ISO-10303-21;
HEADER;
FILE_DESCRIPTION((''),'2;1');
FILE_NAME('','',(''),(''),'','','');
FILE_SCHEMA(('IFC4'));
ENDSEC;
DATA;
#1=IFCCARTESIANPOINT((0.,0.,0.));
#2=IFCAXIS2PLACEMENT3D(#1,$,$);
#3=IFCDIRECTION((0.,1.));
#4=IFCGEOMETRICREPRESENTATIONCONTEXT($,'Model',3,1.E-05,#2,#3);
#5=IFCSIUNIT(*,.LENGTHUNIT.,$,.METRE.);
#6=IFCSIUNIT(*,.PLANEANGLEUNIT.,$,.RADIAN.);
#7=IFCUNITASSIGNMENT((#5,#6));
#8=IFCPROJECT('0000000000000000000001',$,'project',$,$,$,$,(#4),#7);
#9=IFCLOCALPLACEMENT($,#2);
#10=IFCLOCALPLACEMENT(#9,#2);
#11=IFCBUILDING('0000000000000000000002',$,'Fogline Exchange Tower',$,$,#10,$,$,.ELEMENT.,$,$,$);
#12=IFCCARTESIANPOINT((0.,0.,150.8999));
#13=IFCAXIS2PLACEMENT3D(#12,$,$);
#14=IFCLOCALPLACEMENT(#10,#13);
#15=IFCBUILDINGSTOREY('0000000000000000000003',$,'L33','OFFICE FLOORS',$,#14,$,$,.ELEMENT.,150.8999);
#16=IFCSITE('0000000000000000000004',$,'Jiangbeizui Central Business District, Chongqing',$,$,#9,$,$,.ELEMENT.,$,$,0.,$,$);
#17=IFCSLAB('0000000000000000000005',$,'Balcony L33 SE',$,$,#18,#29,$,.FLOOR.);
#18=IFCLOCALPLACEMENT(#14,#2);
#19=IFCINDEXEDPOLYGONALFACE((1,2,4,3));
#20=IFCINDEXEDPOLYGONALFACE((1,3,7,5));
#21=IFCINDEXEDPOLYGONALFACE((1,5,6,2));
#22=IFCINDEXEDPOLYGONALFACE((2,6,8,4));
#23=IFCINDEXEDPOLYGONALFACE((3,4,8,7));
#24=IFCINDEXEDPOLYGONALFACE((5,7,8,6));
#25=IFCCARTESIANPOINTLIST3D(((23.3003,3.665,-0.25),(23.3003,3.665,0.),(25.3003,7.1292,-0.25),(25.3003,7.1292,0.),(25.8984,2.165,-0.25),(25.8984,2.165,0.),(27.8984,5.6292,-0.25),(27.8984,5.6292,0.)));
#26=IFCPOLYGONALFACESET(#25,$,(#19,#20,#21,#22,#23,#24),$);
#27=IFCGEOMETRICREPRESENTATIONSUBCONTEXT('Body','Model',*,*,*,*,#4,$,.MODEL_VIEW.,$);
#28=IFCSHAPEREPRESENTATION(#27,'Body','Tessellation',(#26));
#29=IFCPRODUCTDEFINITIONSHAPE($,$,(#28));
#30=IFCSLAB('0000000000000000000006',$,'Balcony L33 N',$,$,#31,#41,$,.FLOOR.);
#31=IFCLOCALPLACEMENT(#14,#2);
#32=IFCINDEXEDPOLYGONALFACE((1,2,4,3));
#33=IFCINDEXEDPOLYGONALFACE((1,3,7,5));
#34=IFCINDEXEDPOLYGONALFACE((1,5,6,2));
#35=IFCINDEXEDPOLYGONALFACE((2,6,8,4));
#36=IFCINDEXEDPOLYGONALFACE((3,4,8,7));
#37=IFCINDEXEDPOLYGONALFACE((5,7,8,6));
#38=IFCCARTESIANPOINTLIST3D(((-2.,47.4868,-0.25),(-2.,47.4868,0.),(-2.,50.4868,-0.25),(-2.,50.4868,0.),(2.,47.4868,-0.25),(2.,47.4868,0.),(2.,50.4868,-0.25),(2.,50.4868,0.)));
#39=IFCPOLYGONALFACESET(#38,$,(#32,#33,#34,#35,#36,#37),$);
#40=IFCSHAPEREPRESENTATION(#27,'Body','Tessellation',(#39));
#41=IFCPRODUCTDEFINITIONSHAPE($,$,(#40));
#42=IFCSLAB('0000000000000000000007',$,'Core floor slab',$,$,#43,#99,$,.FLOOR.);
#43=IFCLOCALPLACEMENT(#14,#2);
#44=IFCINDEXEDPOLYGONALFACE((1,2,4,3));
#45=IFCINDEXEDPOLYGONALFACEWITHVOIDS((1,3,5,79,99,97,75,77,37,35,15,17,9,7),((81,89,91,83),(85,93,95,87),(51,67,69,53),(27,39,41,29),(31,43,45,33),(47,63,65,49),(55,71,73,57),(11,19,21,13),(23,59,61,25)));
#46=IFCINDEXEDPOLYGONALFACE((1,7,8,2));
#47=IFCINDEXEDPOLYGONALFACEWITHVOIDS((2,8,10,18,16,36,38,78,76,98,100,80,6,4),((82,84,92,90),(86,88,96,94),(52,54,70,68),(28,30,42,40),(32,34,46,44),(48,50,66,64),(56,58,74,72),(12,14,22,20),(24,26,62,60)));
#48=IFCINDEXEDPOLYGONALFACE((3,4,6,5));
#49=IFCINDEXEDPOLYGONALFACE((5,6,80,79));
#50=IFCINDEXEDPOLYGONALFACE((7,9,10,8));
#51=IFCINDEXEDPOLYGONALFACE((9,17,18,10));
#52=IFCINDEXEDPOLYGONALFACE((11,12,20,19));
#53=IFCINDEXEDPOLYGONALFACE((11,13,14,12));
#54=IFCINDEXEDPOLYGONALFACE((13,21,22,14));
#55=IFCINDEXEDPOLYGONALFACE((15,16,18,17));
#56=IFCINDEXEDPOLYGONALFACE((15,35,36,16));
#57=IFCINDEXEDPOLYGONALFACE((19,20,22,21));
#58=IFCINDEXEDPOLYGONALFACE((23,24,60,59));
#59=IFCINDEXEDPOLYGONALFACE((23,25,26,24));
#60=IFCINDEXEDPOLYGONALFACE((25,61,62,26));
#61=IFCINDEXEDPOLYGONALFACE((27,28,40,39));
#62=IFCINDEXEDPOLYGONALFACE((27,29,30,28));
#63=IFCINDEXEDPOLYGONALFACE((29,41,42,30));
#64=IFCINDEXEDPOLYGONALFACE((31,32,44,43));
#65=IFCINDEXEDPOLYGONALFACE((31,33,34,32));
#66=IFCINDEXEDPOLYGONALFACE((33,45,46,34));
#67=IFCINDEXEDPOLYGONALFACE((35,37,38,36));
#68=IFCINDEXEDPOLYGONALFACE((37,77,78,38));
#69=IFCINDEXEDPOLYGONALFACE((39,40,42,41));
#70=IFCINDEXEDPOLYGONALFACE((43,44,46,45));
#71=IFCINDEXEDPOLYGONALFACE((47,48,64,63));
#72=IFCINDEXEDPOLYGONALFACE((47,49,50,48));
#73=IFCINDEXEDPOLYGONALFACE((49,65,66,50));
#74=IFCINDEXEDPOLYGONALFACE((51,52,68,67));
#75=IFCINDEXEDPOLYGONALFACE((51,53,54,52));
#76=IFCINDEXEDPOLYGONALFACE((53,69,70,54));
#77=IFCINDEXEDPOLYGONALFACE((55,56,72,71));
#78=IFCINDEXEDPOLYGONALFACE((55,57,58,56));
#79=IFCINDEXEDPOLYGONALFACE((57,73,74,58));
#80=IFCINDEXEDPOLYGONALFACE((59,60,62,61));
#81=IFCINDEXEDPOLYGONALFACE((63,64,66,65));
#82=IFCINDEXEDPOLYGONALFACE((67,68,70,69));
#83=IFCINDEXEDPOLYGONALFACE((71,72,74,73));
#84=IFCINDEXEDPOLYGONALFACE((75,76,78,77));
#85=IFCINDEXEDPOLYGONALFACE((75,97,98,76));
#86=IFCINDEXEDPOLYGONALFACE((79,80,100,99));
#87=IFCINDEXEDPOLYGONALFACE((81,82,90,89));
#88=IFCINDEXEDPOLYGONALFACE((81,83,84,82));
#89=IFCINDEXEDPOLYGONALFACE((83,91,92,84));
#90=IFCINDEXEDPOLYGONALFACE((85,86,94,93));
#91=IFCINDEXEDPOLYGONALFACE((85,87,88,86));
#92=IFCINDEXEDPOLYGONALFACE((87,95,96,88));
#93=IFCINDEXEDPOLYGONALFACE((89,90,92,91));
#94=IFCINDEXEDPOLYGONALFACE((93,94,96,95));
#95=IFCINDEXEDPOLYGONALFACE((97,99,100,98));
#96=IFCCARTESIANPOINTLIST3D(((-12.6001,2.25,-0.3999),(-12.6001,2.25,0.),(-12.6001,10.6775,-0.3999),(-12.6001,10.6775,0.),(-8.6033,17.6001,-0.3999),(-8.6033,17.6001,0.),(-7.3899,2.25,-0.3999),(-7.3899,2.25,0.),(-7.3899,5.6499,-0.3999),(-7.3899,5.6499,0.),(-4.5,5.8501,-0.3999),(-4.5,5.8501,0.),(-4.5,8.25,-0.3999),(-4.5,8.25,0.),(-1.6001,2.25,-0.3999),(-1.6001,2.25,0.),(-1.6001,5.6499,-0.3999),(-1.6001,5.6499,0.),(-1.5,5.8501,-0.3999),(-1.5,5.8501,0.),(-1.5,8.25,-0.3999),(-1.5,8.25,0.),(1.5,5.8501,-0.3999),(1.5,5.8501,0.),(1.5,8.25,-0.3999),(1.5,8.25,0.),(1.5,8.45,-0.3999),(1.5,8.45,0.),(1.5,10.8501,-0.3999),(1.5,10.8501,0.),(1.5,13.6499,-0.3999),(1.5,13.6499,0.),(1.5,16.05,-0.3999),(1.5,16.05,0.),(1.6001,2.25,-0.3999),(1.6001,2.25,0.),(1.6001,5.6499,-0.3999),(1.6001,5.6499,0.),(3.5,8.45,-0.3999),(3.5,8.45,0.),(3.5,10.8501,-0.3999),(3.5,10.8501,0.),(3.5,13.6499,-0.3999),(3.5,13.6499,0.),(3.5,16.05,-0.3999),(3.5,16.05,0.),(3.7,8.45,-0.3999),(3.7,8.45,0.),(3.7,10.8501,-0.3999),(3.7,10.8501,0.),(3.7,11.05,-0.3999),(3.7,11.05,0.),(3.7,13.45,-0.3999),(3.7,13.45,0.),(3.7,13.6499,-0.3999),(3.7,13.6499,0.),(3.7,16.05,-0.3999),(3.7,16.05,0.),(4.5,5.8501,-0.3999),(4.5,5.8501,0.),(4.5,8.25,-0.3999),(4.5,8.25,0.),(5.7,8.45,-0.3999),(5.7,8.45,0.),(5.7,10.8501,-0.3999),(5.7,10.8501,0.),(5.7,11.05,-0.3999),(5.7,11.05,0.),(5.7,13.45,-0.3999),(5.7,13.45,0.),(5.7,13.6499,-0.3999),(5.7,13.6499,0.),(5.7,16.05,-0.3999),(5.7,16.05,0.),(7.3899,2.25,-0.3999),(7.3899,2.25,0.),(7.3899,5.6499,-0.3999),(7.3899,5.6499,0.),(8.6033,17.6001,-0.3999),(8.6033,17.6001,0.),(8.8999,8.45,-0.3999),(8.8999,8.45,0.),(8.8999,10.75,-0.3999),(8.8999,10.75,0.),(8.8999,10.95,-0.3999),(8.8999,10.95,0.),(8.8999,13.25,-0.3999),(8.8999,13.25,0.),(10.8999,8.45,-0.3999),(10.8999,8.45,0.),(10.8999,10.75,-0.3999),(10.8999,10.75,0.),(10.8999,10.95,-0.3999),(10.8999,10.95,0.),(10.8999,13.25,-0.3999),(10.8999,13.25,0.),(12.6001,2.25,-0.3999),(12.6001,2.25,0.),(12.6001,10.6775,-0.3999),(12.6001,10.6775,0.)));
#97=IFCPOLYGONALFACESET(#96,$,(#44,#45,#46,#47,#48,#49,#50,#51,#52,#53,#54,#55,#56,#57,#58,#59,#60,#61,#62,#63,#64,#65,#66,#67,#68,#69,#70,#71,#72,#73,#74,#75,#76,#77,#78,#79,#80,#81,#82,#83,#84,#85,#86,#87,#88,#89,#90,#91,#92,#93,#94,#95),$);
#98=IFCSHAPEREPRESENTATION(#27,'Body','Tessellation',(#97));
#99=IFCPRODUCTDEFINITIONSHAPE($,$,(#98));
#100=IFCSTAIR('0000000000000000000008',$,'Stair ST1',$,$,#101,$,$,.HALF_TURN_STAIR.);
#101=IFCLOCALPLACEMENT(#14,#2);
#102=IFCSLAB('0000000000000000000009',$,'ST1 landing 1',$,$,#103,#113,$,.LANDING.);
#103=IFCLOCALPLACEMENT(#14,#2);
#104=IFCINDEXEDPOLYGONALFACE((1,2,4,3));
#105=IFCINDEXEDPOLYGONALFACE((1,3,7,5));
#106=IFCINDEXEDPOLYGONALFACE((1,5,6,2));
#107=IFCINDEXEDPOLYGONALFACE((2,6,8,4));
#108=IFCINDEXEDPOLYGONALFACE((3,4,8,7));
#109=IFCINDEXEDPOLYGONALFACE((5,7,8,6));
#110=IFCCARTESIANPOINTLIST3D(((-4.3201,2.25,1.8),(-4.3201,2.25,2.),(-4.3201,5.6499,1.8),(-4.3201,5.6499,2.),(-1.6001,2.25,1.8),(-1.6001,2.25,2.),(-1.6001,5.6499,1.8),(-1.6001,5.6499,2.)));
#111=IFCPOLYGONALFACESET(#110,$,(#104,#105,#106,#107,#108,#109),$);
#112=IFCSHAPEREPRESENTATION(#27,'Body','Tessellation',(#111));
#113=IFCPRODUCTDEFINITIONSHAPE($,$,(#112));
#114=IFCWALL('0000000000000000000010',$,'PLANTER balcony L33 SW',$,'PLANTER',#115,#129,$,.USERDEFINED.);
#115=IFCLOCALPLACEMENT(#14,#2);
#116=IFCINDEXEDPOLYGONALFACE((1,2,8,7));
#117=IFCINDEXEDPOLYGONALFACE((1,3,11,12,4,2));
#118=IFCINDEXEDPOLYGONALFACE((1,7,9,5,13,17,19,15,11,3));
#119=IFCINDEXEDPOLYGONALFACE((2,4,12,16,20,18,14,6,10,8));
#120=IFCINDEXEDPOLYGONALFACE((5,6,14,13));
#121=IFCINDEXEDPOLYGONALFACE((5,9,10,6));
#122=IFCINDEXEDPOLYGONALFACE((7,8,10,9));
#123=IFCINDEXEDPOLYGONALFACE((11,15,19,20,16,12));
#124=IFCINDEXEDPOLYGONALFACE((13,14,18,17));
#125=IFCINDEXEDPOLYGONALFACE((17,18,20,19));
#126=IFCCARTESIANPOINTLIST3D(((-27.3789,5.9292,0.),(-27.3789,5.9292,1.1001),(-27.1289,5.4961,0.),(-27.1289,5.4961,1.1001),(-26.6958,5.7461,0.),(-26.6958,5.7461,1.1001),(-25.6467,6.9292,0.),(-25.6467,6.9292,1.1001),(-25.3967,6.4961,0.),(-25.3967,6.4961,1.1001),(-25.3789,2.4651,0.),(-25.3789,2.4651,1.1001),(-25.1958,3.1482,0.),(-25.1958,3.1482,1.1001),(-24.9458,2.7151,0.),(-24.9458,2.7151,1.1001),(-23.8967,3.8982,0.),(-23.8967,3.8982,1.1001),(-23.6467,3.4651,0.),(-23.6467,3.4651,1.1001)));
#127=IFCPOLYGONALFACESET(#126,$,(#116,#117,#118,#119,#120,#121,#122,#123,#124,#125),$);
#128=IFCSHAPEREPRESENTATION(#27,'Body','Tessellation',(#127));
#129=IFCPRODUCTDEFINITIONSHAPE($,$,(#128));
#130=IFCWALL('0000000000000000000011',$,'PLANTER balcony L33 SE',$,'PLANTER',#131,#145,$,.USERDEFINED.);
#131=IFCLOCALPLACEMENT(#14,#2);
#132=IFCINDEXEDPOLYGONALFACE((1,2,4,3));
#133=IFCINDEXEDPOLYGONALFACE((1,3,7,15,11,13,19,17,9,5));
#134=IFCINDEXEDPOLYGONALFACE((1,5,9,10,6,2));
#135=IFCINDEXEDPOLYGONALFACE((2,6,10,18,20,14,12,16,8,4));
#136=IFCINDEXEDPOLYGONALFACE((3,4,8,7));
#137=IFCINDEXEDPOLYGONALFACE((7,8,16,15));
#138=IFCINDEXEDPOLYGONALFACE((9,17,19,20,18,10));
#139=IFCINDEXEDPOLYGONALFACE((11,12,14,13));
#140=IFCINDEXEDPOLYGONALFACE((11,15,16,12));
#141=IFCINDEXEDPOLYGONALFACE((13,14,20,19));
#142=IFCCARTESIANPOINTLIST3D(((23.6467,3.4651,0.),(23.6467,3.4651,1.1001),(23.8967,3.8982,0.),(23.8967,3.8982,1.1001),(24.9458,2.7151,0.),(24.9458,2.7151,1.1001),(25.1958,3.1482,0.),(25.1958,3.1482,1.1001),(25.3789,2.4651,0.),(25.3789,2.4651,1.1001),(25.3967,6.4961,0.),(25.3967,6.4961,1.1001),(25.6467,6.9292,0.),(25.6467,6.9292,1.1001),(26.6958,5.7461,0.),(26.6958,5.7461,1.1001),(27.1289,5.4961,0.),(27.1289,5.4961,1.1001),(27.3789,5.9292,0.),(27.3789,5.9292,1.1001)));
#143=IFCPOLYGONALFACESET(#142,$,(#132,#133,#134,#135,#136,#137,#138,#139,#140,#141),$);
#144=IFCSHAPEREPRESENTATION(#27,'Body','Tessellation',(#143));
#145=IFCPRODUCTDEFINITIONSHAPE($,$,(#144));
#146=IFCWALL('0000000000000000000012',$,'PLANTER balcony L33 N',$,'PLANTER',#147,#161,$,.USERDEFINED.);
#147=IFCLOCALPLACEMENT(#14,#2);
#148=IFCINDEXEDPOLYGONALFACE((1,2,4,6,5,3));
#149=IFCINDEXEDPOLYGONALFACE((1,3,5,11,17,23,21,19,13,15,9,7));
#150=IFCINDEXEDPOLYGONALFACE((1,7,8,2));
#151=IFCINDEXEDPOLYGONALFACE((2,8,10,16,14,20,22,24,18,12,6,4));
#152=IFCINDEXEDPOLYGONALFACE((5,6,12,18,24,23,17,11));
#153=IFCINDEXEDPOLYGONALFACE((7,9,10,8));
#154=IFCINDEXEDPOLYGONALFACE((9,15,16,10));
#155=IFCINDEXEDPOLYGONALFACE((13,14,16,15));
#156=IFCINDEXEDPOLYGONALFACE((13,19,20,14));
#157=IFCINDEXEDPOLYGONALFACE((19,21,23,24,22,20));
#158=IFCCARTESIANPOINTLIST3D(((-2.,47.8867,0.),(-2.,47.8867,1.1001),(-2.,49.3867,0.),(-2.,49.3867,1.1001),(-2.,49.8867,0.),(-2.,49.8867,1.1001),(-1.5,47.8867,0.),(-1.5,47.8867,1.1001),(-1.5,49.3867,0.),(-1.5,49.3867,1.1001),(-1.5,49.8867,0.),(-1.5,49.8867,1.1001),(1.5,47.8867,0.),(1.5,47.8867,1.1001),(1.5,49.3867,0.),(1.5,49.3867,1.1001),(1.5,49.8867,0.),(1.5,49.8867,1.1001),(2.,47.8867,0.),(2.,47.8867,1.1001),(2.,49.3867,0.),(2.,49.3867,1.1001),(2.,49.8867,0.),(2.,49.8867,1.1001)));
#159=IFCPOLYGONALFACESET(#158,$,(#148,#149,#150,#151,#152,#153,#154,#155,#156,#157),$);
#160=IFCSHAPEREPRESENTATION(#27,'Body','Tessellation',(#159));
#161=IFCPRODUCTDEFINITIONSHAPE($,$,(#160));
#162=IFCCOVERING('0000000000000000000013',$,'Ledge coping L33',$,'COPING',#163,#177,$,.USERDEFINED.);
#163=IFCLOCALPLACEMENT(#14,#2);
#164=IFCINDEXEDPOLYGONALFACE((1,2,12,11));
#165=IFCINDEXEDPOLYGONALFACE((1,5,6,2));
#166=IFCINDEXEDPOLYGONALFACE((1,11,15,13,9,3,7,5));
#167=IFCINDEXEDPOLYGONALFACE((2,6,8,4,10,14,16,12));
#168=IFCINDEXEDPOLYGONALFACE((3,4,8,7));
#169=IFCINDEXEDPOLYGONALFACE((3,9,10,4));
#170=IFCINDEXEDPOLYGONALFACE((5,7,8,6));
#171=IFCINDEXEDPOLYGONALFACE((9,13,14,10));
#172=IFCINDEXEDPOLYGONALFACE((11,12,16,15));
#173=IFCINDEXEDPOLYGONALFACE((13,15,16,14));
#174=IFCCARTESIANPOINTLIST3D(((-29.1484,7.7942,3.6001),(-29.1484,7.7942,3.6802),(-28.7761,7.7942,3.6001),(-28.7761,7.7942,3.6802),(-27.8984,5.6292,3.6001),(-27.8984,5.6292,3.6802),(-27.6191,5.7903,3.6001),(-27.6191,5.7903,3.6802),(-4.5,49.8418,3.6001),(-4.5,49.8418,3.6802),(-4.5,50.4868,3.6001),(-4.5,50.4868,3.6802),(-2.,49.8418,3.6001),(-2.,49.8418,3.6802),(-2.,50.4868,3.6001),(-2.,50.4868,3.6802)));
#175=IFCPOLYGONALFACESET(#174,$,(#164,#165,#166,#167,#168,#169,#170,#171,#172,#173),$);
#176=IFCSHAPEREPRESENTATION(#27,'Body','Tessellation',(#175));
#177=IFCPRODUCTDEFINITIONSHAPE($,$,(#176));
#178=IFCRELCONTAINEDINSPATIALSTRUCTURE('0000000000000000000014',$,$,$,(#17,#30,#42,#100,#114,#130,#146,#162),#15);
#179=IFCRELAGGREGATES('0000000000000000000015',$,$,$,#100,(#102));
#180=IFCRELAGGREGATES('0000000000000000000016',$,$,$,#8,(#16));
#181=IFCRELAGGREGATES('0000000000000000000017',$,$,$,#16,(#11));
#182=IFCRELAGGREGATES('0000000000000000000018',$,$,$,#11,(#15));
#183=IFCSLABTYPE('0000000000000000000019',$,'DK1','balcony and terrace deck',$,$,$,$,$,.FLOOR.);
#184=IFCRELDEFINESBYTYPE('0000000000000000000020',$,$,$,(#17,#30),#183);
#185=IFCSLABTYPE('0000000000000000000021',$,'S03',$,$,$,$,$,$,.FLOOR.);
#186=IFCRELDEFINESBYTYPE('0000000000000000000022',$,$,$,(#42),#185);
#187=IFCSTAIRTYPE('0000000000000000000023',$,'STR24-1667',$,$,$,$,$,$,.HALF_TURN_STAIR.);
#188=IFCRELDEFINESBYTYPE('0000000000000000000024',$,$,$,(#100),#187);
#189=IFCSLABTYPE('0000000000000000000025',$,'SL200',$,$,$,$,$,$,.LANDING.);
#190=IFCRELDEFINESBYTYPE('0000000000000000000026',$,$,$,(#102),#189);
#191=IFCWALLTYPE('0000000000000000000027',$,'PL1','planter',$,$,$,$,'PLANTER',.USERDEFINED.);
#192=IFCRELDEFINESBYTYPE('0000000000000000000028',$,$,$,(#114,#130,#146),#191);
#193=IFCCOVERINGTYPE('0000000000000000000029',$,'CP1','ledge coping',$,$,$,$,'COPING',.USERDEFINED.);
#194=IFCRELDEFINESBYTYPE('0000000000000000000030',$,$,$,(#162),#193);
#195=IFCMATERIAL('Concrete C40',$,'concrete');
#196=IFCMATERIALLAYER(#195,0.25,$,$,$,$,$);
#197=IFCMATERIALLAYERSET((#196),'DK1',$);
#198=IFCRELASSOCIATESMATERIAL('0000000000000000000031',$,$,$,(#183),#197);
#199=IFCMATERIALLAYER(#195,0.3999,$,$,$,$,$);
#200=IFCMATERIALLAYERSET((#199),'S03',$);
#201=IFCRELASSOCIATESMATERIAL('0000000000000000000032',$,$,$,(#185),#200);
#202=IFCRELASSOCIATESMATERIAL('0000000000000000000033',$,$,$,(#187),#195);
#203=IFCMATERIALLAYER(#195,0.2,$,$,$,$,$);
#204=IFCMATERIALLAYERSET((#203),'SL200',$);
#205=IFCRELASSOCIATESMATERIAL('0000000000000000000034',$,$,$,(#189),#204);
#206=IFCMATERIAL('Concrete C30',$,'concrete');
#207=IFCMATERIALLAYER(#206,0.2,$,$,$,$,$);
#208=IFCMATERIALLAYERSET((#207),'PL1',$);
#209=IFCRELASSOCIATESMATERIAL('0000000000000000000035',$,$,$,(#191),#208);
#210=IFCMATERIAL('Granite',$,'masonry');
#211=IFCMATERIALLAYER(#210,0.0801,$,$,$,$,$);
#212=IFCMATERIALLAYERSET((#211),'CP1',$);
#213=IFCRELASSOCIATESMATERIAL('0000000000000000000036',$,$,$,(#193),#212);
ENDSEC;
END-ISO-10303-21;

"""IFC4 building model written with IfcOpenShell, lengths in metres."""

from ifc_helpers import new_model, si_unit, direction, frame, origin, place, context, subcontext, project, spatial, polyline, outline, extrude, material, layer, layer_set, type_object, element, aggregate, save


model = new_model("IFC4")

# Units and contexts
model_context = context("Model", 3, precision=1e-05, world=origin(), true_north=direction((0.0, 1.0)))
body_context = subcontext(model_context, "Body", "Model", "MODEL_VIEW")
ifc_project = project(units=[si_unit("LENGTHUNIT", "METRE"), si_unit("PLANEANGLEUNIT", "RADIAN")], contexts=[model_context])

# Site, building, storey
site_placement = place(None, origin())
site = spatial("IfcSite", under=ifc_project, at=site_placement, Name="Jiangbeizui Central Business District, Chongqing", CompositionType="ELEMENT", RefElevation=0.0)
building_placement = place(site_placement, origin())
building = spatial("IfcBuilding", under=site, at=building_placement, Name="Fogline Exchange Tower", CompositionType="ELEMENT")
storey_placement = place(building_placement, frame((0.0, 0.0, 150.8999)))
storey = spatial("IfcBuildingStorey", under=building, at=storey_placement, Name="L33", Description="OFFICE FLOORS", CompositionType="ELEMENT", Elevation=150.8999)

# Slabs
ifc_material_1 = material(Name="Concrete C40", Category="concrete")
ifc_layer_1 = layer(ifc_material_1, 0.25)
ifc_layer_set_1 = layer_set([ifc_layer_1], Name="DK1")
slab_type_1 = type_object("IfcSlabType", Name="DK1", Description="balcony and terrace deck", PredefinedType="FLOOR", material=ifc_layer_set_1)
slab_1_placement = place(storey_placement, frame((0.0, 0.0, -0.25)))
element("IfcSlab", 1, at=slab_1_placement, inside=storey, type_object=slab_type_1, Name="Balcony L33 SE", PredefinedType="FLOOR", context=body_context, shape_type="SweptSolid", body=[
    extrude(outline(polyline([(25.8984, 2.165), (27.8984, 5.6292), (25.3003, 7.1292), (23.3003, 3.665), (25.8984, 2.165)])), origin(), (0.0, 0.0, 1.0), 0.25),
])
slab_2_placement = place(storey_placement, frame((0.0, 0.0, -0.25)))
element("IfcSlab", 2, at=slab_2_placement, inside=storey, type_object=slab_type_1, Name="Balcony L33 N", PredefinedType="FLOOR", context=body_context, shape_type="SweptSolid", body=[
    extrude(outline(polyline([(2.0, 50.4868), (-2.0, 50.4868), (-2.0, 47.4868), (2.0, 47.4868), (2.0, 50.4868)])), origin(), (0.0, 0.0, 1.0), 0.25),
])
ifc_layer_2 = layer(ifc_material_1, 0.3999)
ifc_layer_set_2 = layer_set([ifc_layer_2], Name="S03")
slab_type_2 = type_object("IfcSlabType", Name="S03", PredefinedType="FLOOR", material=ifc_layer_set_2)
slab_3_placement = place(storey_placement, frame((0.0, 0.0, -0.3999)))
element("IfcSlab", 3, at=slab_3_placement, inside=storey, type_object=slab_type_2, Name="Core floor slab", PredefinedType="FLOOR", context=body_context, shape_type="SweptSolid", body=[
    extrude(outline(polyline([(-12.6001, 2.25), (-12.6001, 10.6775), (-8.6033, 17.6001), (8.6033, 17.6001), (12.6001, 10.6775), (12.6001, 2.25), (7.3899, 2.25), (7.3899, 5.6499), (1.6001, 5.6499), (1.6001, 2.25), (-1.6001, 2.25), (-1.6001, 5.6499), (-7.3899, 5.6499), (-7.3899, 2.25), (-12.6001, 2.25)]), holes=[polyline([(-4.5, 8.25), (-4.5, 5.8501), (-1.5, 5.8501), (-1.5, 8.25), (-4.5, 8.25)]), polyline([(4.5, 8.25), (1.5, 8.25), (1.5, 5.8501), (4.5, 5.8501), (4.5, 8.25)]), polyline([(3.5, 10.8501), (1.5, 10.8501), (1.5, 8.45), (3.5, 8.45), (3.5, 10.8501)]), polyline([(1.5, 16.05), (1.5, 13.6499), (3.5, 13.6499), (3.5, 16.05), (1.5, 16.05)]), polyline([(10.8999, 10.75), (8.8999, 10.75), (8.8999, 8.45), (10.8999, 8.45), (10.8999, 10.75)]), polyline([(5.7, 10.8501), (3.7, 10.8501), (3.7, 8.45), (5.7, 8.45), (5.7, 10.8501)]), polyline([(8.8999, 13.25), (8.8999, 10.95), (10.8999, 10.95), (10.8999, 13.25), (8.8999, 13.25)]), polyline([(5.7, 13.45), (3.7, 13.45), (3.7, 11.05), (5.7, 11.05), (5.7, 13.45)]), polyline([(5.7, 16.05), (3.7, 16.05), (3.7, 13.6499), (5.7, 13.6499), (5.7, 16.05)])]), origin(), (0.0, 0.0, 1.0), 0.3999),
])

# Stair, slab
stair_type = type_object("IfcStairType", Name="STR24-1667", PredefinedType="HALF_TURN_STAIR", material=ifc_material_1)
stair_placement = place(storey_placement, origin())
stair = element("IfcStair", 4, at=stair_placement, inside=storey, type_object=stair_type, Name="Stair ST1", PredefinedType="HALF_TURN_STAIR")
ifc_layer_3 = layer(ifc_material_1, 0.2)
ifc_layer_set_3 = layer_set([ifc_layer_3], Name="SL200")
slab_type_3 = type_object("IfcSlabType", Name="SL200", PredefinedType="LANDING", material=ifc_layer_set_3)
slab_4_placement = place(storey_placement, frame((0.0, 0.0, 1.8)))
slab_4 = element("IfcSlab", 5, at=slab_4_placement, type_object=slab_type_3, Name="ST1 landing 1", PredefinedType="LANDING", context=body_context, shape_type="SweptSolid", body=[
    extrude(outline(polyline([(-4.3201, 2.25), (-1.6001, 2.25), (-1.6001, 5.6499), (-4.3201, 5.6499), (-4.3201, 2.25)])), origin(), (0.0, 0.0, 1.0), 0.2),
])
aggregate(stair, [slab_4])

# Walls
ifc_material_2 = material(Name="Concrete C30", Category="concrete")
ifc_layer_4 = layer(ifc_material_2, 0.2)
ifc_layer_set_4 = layer_set([ifc_layer_4], Name="PL1")
wall_type = type_object("IfcWallType", Name="PL1", Description="planter", ElementType="PLANTER", PredefinedType="USERDEFINED", material=ifc_layer_set_4)
wall_1_placement = place(storey_placement, origin())
element("IfcWall", 6, at=wall_1_placement, inside=storey, type_object=wall_type, Name="PLANTER balcony L33 SW", ObjectType="PLANTER", PredefinedType="USERDEFINED", context=body_context, shape_type="SweptSolid", body=[
    extrude(outline(polyline([(-23.8967, 3.8982), (-25.1958, 3.1482), (-26.6958, 5.7461), (-25.3967, 6.4961), (-25.6467, 6.9292), (-27.3789, 5.9292), (-27.1289, 5.4961), (-25.3789, 2.4651), (-24.9458, 2.7151), (-24.9458, 2.7151), (-23.6467, 3.4651), (-23.8967, 3.8982)])), origin(), (0.0, 0.0, 1.0), 1.1001),
])
wall_2_placement = place(storey_placement, origin())
element("IfcWall", 7, at=wall_2_placement, inside=storey, type_object=wall_type, Name="PLANTER balcony L33 SE", ObjectType="PLANTER", PredefinedType="USERDEFINED", context=body_context, shape_type="SweptSolid", body=[
    extrude(outline(polyline([(23.6467, 3.4651), (24.9458, 2.7151), (24.9458, 2.7151), (25.3789, 2.4651), (27.1289, 5.4961), (27.3789, 5.9292), (25.6467, 6.9292), (25.3967, 6.4961), (26.6958, 5.7461), (25.1958, 3.1482), (23.8967, 3.8982), (23.6467, 3.4651)])), origin(), (0.0, 0.0, 1.0), 1.1001),
])
wall_3_placement = place(storey_placement, origin())
element("IfcWall", 8, at=wall_3_placement, inside=storey, type_object=wall_type, Name="PLANTER balcony L33 N", ObjectType="PLANTER", PredefinedType="USERDEFINED", context=body_context, shape_type="SweptSolid", body=[
    extrude(outline(polyline([(-1.5, 49.8867), (-2.0, 49.8867), (-2.0, 49.3867), (-2.0, 47.8867), (-1.5, 47.8867), (-1.5, 49.3867), (1.5, 49.3867), (1.5, 47.8867), (2.0, 47.8867), (2.0, 49.3867), (2.0, 49.8867), (1.5, 49.8867), (-1.5, 49.8867)])), origin(), (0.0, 0.0, 1.0), 1.1001),
])

# Covering
ifc_material_3 = material(Name="Granite", Category="masonry")
ifc_layer_5 = layer(ifc_material_3, 0.0801)
ifc_layer_set_5 = layer_set([ifc_layer_5], Name="CP1")
covering_type_1 = type_object("IfcCoveringType", Name="CP1", Description="ledge coping", ElementType="COPING", PredefinedType="USERDEFINED", material=ifc_layer_set_5)
covering_1_placement = place(storey_placement, frame((0.0, 0.0, 3.6001)))
element("IfcCovering", 9, at=covering_1_placement, inside=storey, type_object=covering_type_1, Name="Ledge coping L33", ObjectType="COPING", PredefinedType="USERDEFINED", context=body_context, shape_type="SweptSolid", body=[
    extrude(outline(polyline([(-27.8984, 5.6292), (-27.6191, 5.7903), (-28.7761, 7.7942), (-4.5, 49.8418), (-2.0, 49.8418), (-2.0, 50.4868), (-4.5, 50.4868), (-29.1484, 7.7942), (-27.8984, 5.6292)])), origin(), (0.0, 0.0, 1.0), 0.0801),
])

save(model, "model.ifc")
